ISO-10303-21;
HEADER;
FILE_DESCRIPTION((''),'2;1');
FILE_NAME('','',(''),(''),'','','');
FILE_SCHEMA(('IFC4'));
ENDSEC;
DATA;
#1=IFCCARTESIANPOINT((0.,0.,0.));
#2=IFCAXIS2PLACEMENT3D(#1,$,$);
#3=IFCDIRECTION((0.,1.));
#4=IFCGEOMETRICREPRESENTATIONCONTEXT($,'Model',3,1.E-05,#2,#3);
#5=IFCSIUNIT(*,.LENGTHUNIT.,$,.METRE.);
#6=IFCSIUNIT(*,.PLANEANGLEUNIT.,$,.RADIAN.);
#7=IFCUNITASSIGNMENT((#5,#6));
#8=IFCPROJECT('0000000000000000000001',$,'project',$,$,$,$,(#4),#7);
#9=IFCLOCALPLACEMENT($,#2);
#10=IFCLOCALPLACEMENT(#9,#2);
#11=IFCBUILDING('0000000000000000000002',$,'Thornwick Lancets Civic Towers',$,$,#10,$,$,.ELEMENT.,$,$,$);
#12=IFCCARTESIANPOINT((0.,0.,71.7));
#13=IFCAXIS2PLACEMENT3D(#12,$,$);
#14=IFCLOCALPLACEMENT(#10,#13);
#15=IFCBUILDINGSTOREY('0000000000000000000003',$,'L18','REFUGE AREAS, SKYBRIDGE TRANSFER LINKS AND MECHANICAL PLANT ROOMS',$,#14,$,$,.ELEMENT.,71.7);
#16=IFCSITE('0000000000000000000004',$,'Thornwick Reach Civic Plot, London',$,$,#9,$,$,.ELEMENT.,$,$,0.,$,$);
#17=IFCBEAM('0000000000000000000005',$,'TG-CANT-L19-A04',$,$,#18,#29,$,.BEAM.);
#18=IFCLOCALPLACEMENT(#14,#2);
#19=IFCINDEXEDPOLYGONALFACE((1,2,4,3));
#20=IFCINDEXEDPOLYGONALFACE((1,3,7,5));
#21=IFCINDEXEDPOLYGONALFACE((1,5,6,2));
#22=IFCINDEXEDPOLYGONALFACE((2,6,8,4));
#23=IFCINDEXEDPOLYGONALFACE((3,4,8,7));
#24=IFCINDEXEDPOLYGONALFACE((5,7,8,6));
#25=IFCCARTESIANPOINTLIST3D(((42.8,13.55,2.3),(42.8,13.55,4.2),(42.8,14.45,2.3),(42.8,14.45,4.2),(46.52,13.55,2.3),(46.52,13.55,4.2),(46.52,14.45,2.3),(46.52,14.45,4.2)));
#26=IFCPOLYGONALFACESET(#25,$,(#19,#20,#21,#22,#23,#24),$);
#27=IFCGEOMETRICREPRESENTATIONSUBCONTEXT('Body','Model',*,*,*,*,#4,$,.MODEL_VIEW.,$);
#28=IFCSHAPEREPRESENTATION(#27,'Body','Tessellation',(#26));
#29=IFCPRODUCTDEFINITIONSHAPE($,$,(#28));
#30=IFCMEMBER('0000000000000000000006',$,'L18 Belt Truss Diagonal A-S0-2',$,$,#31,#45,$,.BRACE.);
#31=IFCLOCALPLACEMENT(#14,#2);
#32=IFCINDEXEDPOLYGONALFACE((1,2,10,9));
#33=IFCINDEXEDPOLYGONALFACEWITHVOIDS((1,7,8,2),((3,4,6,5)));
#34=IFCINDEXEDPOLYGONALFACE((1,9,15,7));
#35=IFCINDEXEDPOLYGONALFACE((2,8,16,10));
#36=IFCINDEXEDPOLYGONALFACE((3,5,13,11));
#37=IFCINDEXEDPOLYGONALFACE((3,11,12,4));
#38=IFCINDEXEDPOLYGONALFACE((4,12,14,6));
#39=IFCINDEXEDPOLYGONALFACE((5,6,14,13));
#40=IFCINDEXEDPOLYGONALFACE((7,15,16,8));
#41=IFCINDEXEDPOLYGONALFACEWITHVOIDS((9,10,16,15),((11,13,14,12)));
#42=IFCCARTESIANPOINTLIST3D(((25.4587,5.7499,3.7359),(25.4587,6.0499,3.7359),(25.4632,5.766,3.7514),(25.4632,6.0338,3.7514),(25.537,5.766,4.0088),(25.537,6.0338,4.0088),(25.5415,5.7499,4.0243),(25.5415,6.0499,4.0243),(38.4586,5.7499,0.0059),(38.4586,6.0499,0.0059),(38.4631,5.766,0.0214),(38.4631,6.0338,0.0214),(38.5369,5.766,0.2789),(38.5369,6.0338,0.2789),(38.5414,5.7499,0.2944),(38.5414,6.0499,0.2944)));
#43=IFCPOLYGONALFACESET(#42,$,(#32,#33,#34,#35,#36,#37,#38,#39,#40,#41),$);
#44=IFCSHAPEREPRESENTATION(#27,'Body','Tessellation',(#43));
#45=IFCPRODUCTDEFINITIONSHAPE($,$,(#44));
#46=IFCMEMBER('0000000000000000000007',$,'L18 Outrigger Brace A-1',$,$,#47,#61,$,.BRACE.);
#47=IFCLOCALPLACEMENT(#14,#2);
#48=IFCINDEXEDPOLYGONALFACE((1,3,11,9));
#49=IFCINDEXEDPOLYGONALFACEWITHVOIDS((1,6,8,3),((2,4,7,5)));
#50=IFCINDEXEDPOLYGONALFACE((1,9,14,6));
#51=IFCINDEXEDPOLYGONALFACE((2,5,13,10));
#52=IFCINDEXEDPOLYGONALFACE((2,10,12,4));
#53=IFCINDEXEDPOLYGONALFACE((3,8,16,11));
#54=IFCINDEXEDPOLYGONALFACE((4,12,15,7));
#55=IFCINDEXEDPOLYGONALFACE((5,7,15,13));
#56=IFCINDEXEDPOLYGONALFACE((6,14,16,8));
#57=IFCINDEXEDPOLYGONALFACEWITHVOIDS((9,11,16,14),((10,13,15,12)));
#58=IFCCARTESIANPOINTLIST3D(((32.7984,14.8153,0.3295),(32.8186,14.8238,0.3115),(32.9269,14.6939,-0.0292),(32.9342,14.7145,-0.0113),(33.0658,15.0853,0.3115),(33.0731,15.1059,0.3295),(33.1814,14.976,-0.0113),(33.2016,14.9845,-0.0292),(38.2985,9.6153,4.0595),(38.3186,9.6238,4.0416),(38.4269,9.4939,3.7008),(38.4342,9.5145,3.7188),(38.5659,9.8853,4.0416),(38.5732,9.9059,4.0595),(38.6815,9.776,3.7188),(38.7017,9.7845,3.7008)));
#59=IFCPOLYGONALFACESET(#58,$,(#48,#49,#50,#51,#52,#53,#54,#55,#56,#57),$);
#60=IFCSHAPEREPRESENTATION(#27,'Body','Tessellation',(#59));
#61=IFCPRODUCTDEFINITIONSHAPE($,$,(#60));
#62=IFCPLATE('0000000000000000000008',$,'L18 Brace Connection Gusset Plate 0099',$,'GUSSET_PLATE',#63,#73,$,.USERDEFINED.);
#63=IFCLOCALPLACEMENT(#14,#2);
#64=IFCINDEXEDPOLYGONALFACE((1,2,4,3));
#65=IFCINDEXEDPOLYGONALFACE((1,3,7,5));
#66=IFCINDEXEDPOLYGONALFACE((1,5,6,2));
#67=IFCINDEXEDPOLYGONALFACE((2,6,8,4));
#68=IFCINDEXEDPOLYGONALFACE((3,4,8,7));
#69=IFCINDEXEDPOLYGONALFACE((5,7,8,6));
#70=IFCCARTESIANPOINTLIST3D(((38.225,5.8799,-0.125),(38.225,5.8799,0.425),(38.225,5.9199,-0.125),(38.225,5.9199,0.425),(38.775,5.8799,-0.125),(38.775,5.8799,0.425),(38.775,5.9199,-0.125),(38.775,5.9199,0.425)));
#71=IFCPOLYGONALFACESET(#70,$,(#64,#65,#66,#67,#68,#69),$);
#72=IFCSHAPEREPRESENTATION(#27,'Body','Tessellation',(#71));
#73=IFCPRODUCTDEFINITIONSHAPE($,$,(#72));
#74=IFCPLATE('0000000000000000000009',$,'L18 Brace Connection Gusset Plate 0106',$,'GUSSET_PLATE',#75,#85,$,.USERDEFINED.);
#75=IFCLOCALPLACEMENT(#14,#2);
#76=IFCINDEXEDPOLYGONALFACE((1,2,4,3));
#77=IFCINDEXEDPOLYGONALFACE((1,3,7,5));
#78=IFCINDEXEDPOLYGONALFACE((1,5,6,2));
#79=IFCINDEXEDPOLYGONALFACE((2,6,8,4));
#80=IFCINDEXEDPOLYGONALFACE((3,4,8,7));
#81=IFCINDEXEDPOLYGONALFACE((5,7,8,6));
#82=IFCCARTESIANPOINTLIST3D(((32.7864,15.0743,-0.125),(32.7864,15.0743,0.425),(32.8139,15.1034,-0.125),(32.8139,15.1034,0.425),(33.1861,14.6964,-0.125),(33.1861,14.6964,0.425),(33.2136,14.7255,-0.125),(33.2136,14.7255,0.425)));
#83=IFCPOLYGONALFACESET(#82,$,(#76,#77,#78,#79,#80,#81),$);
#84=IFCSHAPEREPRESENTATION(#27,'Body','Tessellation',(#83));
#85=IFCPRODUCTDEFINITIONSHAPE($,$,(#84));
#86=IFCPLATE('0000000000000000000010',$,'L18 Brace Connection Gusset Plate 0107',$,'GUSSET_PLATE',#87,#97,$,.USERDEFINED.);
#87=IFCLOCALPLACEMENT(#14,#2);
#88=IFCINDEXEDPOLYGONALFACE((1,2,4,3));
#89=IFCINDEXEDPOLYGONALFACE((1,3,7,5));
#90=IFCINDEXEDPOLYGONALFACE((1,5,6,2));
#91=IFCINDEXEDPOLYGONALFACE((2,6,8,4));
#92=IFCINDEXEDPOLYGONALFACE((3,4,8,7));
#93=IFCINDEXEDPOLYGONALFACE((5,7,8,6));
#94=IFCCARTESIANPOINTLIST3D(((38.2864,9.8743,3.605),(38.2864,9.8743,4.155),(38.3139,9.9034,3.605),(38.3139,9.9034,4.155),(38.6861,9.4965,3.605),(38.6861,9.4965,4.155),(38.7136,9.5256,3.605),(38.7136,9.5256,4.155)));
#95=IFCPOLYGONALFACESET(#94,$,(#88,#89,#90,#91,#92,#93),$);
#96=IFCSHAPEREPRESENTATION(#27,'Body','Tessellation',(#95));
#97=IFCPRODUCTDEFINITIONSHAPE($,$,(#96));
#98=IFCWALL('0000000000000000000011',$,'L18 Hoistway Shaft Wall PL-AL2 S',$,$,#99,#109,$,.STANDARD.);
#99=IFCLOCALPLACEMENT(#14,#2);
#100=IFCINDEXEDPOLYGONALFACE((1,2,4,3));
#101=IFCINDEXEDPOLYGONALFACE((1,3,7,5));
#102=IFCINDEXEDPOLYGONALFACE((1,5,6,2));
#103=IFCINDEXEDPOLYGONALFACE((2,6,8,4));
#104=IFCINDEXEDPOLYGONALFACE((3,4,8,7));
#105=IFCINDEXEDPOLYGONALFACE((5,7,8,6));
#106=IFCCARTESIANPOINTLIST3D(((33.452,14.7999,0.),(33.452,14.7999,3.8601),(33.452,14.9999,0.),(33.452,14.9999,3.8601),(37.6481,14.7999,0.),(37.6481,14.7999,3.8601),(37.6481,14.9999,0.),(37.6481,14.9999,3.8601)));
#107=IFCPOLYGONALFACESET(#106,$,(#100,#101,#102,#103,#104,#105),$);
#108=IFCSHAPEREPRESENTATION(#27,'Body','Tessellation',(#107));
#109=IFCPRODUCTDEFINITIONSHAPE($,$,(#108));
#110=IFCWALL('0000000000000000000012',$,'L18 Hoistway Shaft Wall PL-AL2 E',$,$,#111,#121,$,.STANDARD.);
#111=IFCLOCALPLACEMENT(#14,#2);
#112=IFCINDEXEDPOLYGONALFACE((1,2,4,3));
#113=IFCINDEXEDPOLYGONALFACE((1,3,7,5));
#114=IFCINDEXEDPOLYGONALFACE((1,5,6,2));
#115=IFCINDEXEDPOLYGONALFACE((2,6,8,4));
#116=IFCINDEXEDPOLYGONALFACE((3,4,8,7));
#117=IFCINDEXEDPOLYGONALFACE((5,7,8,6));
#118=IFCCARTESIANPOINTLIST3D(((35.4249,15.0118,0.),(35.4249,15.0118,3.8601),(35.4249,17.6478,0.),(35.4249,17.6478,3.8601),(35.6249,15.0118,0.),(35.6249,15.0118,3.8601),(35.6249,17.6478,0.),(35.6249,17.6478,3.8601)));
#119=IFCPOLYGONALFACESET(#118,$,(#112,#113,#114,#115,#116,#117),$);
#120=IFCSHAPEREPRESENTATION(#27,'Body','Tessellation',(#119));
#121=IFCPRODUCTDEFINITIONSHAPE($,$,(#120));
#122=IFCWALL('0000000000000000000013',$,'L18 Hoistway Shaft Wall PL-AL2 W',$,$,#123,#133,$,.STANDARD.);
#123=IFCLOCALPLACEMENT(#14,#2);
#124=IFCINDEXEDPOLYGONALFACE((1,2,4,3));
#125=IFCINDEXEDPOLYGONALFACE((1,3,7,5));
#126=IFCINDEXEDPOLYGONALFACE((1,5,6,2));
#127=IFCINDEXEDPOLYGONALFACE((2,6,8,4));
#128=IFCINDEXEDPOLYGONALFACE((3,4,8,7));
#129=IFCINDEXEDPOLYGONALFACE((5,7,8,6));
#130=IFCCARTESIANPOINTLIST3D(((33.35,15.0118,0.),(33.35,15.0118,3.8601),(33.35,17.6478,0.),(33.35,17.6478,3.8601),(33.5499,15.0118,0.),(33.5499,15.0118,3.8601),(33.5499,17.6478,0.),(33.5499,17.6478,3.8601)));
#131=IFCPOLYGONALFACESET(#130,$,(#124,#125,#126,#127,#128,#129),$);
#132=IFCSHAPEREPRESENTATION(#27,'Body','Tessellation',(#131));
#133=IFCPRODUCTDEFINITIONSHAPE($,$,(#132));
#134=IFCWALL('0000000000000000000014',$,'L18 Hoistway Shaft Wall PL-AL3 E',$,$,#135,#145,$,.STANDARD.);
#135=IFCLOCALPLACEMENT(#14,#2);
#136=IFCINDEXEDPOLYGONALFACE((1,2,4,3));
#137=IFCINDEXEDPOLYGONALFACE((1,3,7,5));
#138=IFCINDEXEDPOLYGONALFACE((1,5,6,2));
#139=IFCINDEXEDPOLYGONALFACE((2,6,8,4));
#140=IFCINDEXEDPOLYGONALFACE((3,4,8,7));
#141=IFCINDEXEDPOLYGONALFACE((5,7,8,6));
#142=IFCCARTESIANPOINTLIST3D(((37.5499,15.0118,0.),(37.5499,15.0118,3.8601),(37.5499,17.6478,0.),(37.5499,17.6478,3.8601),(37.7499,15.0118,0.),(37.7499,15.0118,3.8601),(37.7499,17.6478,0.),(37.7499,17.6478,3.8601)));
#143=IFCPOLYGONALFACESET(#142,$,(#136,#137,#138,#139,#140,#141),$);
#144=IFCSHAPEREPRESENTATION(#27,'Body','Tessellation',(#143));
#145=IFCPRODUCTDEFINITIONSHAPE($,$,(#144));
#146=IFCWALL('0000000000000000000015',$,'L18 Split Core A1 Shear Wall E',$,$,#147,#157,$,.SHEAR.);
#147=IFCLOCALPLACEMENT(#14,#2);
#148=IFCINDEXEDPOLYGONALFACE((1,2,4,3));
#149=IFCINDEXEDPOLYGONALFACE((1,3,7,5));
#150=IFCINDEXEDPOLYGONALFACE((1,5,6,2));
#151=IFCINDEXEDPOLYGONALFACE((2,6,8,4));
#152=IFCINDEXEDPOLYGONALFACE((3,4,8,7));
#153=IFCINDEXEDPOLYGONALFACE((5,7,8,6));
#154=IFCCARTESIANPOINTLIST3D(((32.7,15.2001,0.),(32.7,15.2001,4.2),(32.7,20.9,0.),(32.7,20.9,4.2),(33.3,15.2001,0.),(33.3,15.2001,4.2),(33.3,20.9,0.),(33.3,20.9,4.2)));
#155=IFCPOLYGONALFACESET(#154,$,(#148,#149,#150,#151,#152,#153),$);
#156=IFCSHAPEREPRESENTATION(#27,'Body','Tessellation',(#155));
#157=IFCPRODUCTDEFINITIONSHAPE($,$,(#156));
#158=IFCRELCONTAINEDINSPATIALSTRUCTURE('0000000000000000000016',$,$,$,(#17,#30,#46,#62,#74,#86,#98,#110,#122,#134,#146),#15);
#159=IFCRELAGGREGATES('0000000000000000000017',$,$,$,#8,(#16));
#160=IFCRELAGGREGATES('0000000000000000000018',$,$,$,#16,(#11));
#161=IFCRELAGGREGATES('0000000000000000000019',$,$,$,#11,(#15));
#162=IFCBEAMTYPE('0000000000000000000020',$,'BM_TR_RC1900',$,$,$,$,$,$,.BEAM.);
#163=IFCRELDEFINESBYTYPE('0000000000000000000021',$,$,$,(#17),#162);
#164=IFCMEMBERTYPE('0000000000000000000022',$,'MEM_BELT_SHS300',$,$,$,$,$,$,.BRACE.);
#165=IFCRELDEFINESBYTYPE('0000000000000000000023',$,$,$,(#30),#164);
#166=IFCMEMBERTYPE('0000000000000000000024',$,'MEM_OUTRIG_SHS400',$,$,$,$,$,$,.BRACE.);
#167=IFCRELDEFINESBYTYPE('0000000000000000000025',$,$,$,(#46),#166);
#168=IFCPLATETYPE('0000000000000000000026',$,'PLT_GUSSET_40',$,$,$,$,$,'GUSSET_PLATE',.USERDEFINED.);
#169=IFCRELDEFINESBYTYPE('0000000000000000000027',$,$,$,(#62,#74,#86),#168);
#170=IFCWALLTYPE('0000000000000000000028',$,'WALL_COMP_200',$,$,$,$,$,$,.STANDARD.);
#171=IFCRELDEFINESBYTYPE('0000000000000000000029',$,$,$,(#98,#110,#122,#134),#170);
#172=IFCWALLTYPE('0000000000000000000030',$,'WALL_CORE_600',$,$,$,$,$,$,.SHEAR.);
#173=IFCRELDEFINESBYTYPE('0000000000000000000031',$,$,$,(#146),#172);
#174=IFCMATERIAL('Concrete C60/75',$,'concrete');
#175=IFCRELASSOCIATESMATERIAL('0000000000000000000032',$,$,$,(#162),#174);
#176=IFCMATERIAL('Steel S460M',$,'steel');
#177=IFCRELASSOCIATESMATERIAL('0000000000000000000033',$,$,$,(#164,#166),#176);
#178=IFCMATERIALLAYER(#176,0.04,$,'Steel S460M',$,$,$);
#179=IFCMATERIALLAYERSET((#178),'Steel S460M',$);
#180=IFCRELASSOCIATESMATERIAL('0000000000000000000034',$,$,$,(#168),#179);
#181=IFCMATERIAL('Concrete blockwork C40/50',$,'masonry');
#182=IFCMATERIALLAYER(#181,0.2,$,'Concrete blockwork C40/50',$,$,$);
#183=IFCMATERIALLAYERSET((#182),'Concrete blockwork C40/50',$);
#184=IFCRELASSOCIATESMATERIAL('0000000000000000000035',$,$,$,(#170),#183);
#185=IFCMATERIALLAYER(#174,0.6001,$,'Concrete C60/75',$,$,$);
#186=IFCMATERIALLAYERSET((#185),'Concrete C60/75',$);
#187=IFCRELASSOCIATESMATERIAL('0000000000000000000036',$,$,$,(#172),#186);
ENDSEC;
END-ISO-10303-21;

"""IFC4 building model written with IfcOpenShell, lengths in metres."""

from ifc_helpers import new_model, si_unit, direction, frame, frame_2d, origin, origin_2d, place, context, subcontext, project, spatial, rectangle, hollow_rectangle, extrude, material, layer, layer_set, material_profile, profile_set, type_object, element, save


model = new_model("IFC4")

# Units and contexts
model_context = context("Model", 3, precision=1e-05, world=origin(), true_north=direction((0.0, 1.0)))
body_context = subcontext(model_context, "Body", "Model", "MODEL_VIEW")
ifc_project = project(units=[si_unit("LENGTHUNIT", "METRE"), si_unit("PLANEANGLEUNIT", "RADIAN")], contexts=[model_context])

# Site, building, storey
site_placement = place(None, origin())
site = spatial("IfcSite", under=ifc_project, at=site_placement, Name="Thornwick Reach Civic Plot, London", CompositionType="ELEMENT", RefElevation=0.0)
building_placement = place(site_placement, origin())
building = spatial("IfcBuilding", under=site, at=building_placement, Name="Thornwick Lancets Civic Towers", CompositionType="ELEMENT")
storey_placement = place(building_placement, frame((0.0, 0.0, 71.7)))
storey = spatial("IfcBuildingStorey", under=building, at=storey_placement, Name="L18", Description="REFUGE AREAS, SKYBRIDGE TRANSFER LINKS AND MECHANICAL PLANT ROOMS", CompositionType="ELEMENT", Elevation=71.7)

# Shared definitions
ifc_material_1 = material(Name="Concrete C60/75", Category="concrete")
ifc_material_2 = material(Name="Steel S460M", Category="steel")

# Beam
ifc_material_profile_1 = material_profile(ifc_material_1, rectangle(XDim=0.8999, YDim=1.8999, at=origin_2d()), Name="RC 900x1900")
ifc_profile_set_1 = profile_set([ifc_material_profile_1], Name="Concrete C60/75")
beam_type_1 = type_object("IfcBeamType", Name="BM_TR_RC1900", PredefinedType="BEAM", material=ifc_profile_set_1)
beam_1_placement = place(storey_placement, frame((42.8, 14.0, 3.25), z_axis=(1.0, 0.0, 0.0), x_axis=(0.0, 1.0, 0.0)))
element("IfcBeam", 1, at=beam_1_placement, inside=storey, type_object=beam_type_1, Name="TG-CANT-L19-A04", PredefinedType="BEAM", context=body_context, shape_type="SweptSolid", body=[
    extrude(rectangle(XDim=0.8999, YDim=1.8999, at=origin_2d()), origin(), (0.0, 0.0, 1.0), 3.72),
])

# Members
ifc_material_profile_2 = material_profile(ifc_material_2, hollow_rectangle(XDim=0.3, YDim=0.3, WallThickness=0.0161, at=origin_2d()), Name="SHS 300x300x16")
ifc_profile_set_2 = profile_set([ifc_material_profile_2], Name="Steel S460M")
member_type_1 = type_object("IfcMemberType", Name="MEM_BELT_SHS300", PredefinedType="BRACE", material=ifc_profile_set_2)
member_1_placement = place(storey_placement, frame((38.5, 5.8999, 0.1501), z_axis=(-0.961217, 0.0, 0.275794), x_axis=(0.0, -1.0, 0.0)))
element("IfcMember", 2, at=member_1_placement, inside=storey, type_object=member_type_1, Name="L18 Belt Truss Diagonal A-S0-2", PredefinedType="BRACE", context=body_context, shape_type="SweptSolid", body=[
    extrude(hollow_rectangle(XDim=0.3, YDim=0.3, WallThickness=0.0161, at=origin_2d()), origin(), (0.0, 0.0, 1.0), 13.5244),
])
ifc_material_profile_3 = material_profile(ifc_material_2, hollow_rectangle(XDim=0.3999, YDim=0.3999, WallThickness=0.02, at=origin_2d()), Name="SHS 400x400x20")
ifc_profile_set_3 = profile_set([ifc_material_profile_3], Name="Steel S460M")
member_type_2 = type_object("IfcMemberType", Name="MEM_OUTRIG_SHS400", PredefinedType="BRACE", material=ifc_profile_set_3)
member_2_placement = place(storey_placement, frame((33.0, 14.8999, 0.1501), z_axis=(0.651802, -0.616244, 0.442038), x_axis=(0.687008, 0.72665, 0.0)))
element("IfcMember", 3, at=member_2_placement, inside=storey, type_object=member_type_2, Name="L18 Outrigger Brace A-1", PredefinedType="BRACE", context=body_context, shape_type="SweptSolid", body=[
    extrude(hollow_rectangle(XDim=0.3999, YDim=0.3999, WallThickness=0.02, at=origin_2d()), origin(), (0.0, 0.0, 1.0), 8.4382),
])

# Plates
ifc_layer_1 = layer(ifc_material_2, 0.04, Name="Steel S460M")
ifc_layer_set_1 = layer_set([ifc_layer_1], Name="Steel S460M")
plate_type = type_object("IfcPlateType", Name="PLT_GUSSET_40", ElementType="GUSSET_PLATE", PredefinedType="USERDEFINED", material=ifc_layer_set_1)
for number, where, z_axis, x_axis, name in (
    (4, (38.5, 5.8999, -0.125), (0.0, 0.0, 1.0), (-1.0, 0.0, 0.0), "L18 Brace Connection Gusset Plate 0099"),
    (5, (33.0, 14.8999, -0.125), (0.0, 0.0, 1.0), (0.726695, -0.686961, 0.0), "L18 Brace Connection Gusset Plate 0106"),
    (6, (38.5, 9.7, 3.605), (0.0, 0.0, 1.0), (0.726695, -0.686961, 0.0), "L18 Brace Connection Gusset Plate 0107"),
):
    element("IfcPlate", number, at=place(storey_placement, frame(where, z_axis=z_axis, x_axis=x_axis)), inside=storey, type_object=plate_type, Name=name, ObjectType="GUSSET_PLATE", PredefinedType="USERDEFINED", context=body_context, shape_type="SweptSolid", body=[
        extrude(rectangle(XDim=0.55, YDim=0.04, at=origin_2d()), origin(), (0.0, 0.0, 1.0), 0.55),
    ])

# Walls
ifc_material_3 = material(Name="Concrete blockwork C40/50", Category="masonry")
ifc_layer_2 = layer(ifc_material_3, 0.2, Name="Concrete blockwork C40/50")
ifc_layer_set_2 = layer_set([ifc_layer_2], Name="Concrete blockwork C40/50")
wall_type_1 = type_object("IfcWallType", Name="WALL_COMP_200", PredefinedType="STANDARD", material=ifc_layer_set_2)
wall_1_placement = place(storey_placement, frame((33.4519, 14.8999, 0.0), z_axis=(0.0, 0.0, 1.0), x_axis=(1.0, 0.0, 0.0)))
element("IfcWall", 7, at=wall_1_placement, inside=storey, type_object=wall_type_1, Name="L18 Hoistway Shaft Wall PL-AL2 S", PredefinedType="STANDARD", context=body_context, shape_type="SweptSolid", body=[
    extrude(rectangle(XDim=4.196, YDim=0.2, at=frame_2d((2.0981, 0.0))), origin(), (0.0, 0.0, 1.0), 3.8601),
])
for number, where, z_axis, x_axis, name in (
    (8, (35.5249, 15.012, 0.0), (0.0, 0.0, 1.0), (0.0, 1.0, 0.0), "L18 Hoistway Shaft Wall PL-AL2 E"),
    (9, (33.45, 15.012, 0.0), (0.0, 0.0, 1.0), (0.0, 1.0, 0.0), "L18 Hoistway Shaft Wall PL-AL2 W"),
    (10, (37.6499, 15.012, 0.0), (0.0, 0.0, 1.0), (0.0, 1.0, 0.0), "L18 Hoistway Shaft Wall PL-AL3 E"),
):
    element("IfcWall", number, at=place(storey_placement, frame(where, z_axis=z_axis, x_axis=x_axis)), inside=storey, type_object=wall_type_1, Name=name, PredefinedType="STANDARD", context=body_context, shape_type="SweptSolid", body=[
        extrude(rectangle(XDim=2.636, YDim=0.2, at=frame_2d((1.3179, 0.0))), origin(), (0.0, 0.0, 1.0), 3.8601),
    ])
ifc_layer_3 = layer(ifc_material_1, 0.6001, Name="Concrete C60/75")
ifc_layer_set_3 = layer_set([ifc_layer_3], Name="Concrete C60/75")
wall_type_2 = type_object("IfcWallType", Name="WALL_CORE_600", PredefinedType="SHEAR", material=ifc_layer_set_3)
wall_2_placement = place(storey_placement, frame((33.0, 15.2, 0.0), z_axis=(0.0, 0.0, 1.0), x_axis=(0.0, 1.0, 0.0)))
element("IfcWall", 11, at=wall_2_placement, inside=storey, type_object=wall_type_2, Name="L18 Split Core A1 Shear Wall E", PredefinedType="SHEAR", context=body_context, shape_type="SweptSolid", body=[
    extrude(rectangle(XDim=5.7, YDim=0.6001, at=frame_2d((2.8501, 0.0))), origin(), (0.0, 0.0, 1.0), 4.2),
])

save(model, "model.ifc")
